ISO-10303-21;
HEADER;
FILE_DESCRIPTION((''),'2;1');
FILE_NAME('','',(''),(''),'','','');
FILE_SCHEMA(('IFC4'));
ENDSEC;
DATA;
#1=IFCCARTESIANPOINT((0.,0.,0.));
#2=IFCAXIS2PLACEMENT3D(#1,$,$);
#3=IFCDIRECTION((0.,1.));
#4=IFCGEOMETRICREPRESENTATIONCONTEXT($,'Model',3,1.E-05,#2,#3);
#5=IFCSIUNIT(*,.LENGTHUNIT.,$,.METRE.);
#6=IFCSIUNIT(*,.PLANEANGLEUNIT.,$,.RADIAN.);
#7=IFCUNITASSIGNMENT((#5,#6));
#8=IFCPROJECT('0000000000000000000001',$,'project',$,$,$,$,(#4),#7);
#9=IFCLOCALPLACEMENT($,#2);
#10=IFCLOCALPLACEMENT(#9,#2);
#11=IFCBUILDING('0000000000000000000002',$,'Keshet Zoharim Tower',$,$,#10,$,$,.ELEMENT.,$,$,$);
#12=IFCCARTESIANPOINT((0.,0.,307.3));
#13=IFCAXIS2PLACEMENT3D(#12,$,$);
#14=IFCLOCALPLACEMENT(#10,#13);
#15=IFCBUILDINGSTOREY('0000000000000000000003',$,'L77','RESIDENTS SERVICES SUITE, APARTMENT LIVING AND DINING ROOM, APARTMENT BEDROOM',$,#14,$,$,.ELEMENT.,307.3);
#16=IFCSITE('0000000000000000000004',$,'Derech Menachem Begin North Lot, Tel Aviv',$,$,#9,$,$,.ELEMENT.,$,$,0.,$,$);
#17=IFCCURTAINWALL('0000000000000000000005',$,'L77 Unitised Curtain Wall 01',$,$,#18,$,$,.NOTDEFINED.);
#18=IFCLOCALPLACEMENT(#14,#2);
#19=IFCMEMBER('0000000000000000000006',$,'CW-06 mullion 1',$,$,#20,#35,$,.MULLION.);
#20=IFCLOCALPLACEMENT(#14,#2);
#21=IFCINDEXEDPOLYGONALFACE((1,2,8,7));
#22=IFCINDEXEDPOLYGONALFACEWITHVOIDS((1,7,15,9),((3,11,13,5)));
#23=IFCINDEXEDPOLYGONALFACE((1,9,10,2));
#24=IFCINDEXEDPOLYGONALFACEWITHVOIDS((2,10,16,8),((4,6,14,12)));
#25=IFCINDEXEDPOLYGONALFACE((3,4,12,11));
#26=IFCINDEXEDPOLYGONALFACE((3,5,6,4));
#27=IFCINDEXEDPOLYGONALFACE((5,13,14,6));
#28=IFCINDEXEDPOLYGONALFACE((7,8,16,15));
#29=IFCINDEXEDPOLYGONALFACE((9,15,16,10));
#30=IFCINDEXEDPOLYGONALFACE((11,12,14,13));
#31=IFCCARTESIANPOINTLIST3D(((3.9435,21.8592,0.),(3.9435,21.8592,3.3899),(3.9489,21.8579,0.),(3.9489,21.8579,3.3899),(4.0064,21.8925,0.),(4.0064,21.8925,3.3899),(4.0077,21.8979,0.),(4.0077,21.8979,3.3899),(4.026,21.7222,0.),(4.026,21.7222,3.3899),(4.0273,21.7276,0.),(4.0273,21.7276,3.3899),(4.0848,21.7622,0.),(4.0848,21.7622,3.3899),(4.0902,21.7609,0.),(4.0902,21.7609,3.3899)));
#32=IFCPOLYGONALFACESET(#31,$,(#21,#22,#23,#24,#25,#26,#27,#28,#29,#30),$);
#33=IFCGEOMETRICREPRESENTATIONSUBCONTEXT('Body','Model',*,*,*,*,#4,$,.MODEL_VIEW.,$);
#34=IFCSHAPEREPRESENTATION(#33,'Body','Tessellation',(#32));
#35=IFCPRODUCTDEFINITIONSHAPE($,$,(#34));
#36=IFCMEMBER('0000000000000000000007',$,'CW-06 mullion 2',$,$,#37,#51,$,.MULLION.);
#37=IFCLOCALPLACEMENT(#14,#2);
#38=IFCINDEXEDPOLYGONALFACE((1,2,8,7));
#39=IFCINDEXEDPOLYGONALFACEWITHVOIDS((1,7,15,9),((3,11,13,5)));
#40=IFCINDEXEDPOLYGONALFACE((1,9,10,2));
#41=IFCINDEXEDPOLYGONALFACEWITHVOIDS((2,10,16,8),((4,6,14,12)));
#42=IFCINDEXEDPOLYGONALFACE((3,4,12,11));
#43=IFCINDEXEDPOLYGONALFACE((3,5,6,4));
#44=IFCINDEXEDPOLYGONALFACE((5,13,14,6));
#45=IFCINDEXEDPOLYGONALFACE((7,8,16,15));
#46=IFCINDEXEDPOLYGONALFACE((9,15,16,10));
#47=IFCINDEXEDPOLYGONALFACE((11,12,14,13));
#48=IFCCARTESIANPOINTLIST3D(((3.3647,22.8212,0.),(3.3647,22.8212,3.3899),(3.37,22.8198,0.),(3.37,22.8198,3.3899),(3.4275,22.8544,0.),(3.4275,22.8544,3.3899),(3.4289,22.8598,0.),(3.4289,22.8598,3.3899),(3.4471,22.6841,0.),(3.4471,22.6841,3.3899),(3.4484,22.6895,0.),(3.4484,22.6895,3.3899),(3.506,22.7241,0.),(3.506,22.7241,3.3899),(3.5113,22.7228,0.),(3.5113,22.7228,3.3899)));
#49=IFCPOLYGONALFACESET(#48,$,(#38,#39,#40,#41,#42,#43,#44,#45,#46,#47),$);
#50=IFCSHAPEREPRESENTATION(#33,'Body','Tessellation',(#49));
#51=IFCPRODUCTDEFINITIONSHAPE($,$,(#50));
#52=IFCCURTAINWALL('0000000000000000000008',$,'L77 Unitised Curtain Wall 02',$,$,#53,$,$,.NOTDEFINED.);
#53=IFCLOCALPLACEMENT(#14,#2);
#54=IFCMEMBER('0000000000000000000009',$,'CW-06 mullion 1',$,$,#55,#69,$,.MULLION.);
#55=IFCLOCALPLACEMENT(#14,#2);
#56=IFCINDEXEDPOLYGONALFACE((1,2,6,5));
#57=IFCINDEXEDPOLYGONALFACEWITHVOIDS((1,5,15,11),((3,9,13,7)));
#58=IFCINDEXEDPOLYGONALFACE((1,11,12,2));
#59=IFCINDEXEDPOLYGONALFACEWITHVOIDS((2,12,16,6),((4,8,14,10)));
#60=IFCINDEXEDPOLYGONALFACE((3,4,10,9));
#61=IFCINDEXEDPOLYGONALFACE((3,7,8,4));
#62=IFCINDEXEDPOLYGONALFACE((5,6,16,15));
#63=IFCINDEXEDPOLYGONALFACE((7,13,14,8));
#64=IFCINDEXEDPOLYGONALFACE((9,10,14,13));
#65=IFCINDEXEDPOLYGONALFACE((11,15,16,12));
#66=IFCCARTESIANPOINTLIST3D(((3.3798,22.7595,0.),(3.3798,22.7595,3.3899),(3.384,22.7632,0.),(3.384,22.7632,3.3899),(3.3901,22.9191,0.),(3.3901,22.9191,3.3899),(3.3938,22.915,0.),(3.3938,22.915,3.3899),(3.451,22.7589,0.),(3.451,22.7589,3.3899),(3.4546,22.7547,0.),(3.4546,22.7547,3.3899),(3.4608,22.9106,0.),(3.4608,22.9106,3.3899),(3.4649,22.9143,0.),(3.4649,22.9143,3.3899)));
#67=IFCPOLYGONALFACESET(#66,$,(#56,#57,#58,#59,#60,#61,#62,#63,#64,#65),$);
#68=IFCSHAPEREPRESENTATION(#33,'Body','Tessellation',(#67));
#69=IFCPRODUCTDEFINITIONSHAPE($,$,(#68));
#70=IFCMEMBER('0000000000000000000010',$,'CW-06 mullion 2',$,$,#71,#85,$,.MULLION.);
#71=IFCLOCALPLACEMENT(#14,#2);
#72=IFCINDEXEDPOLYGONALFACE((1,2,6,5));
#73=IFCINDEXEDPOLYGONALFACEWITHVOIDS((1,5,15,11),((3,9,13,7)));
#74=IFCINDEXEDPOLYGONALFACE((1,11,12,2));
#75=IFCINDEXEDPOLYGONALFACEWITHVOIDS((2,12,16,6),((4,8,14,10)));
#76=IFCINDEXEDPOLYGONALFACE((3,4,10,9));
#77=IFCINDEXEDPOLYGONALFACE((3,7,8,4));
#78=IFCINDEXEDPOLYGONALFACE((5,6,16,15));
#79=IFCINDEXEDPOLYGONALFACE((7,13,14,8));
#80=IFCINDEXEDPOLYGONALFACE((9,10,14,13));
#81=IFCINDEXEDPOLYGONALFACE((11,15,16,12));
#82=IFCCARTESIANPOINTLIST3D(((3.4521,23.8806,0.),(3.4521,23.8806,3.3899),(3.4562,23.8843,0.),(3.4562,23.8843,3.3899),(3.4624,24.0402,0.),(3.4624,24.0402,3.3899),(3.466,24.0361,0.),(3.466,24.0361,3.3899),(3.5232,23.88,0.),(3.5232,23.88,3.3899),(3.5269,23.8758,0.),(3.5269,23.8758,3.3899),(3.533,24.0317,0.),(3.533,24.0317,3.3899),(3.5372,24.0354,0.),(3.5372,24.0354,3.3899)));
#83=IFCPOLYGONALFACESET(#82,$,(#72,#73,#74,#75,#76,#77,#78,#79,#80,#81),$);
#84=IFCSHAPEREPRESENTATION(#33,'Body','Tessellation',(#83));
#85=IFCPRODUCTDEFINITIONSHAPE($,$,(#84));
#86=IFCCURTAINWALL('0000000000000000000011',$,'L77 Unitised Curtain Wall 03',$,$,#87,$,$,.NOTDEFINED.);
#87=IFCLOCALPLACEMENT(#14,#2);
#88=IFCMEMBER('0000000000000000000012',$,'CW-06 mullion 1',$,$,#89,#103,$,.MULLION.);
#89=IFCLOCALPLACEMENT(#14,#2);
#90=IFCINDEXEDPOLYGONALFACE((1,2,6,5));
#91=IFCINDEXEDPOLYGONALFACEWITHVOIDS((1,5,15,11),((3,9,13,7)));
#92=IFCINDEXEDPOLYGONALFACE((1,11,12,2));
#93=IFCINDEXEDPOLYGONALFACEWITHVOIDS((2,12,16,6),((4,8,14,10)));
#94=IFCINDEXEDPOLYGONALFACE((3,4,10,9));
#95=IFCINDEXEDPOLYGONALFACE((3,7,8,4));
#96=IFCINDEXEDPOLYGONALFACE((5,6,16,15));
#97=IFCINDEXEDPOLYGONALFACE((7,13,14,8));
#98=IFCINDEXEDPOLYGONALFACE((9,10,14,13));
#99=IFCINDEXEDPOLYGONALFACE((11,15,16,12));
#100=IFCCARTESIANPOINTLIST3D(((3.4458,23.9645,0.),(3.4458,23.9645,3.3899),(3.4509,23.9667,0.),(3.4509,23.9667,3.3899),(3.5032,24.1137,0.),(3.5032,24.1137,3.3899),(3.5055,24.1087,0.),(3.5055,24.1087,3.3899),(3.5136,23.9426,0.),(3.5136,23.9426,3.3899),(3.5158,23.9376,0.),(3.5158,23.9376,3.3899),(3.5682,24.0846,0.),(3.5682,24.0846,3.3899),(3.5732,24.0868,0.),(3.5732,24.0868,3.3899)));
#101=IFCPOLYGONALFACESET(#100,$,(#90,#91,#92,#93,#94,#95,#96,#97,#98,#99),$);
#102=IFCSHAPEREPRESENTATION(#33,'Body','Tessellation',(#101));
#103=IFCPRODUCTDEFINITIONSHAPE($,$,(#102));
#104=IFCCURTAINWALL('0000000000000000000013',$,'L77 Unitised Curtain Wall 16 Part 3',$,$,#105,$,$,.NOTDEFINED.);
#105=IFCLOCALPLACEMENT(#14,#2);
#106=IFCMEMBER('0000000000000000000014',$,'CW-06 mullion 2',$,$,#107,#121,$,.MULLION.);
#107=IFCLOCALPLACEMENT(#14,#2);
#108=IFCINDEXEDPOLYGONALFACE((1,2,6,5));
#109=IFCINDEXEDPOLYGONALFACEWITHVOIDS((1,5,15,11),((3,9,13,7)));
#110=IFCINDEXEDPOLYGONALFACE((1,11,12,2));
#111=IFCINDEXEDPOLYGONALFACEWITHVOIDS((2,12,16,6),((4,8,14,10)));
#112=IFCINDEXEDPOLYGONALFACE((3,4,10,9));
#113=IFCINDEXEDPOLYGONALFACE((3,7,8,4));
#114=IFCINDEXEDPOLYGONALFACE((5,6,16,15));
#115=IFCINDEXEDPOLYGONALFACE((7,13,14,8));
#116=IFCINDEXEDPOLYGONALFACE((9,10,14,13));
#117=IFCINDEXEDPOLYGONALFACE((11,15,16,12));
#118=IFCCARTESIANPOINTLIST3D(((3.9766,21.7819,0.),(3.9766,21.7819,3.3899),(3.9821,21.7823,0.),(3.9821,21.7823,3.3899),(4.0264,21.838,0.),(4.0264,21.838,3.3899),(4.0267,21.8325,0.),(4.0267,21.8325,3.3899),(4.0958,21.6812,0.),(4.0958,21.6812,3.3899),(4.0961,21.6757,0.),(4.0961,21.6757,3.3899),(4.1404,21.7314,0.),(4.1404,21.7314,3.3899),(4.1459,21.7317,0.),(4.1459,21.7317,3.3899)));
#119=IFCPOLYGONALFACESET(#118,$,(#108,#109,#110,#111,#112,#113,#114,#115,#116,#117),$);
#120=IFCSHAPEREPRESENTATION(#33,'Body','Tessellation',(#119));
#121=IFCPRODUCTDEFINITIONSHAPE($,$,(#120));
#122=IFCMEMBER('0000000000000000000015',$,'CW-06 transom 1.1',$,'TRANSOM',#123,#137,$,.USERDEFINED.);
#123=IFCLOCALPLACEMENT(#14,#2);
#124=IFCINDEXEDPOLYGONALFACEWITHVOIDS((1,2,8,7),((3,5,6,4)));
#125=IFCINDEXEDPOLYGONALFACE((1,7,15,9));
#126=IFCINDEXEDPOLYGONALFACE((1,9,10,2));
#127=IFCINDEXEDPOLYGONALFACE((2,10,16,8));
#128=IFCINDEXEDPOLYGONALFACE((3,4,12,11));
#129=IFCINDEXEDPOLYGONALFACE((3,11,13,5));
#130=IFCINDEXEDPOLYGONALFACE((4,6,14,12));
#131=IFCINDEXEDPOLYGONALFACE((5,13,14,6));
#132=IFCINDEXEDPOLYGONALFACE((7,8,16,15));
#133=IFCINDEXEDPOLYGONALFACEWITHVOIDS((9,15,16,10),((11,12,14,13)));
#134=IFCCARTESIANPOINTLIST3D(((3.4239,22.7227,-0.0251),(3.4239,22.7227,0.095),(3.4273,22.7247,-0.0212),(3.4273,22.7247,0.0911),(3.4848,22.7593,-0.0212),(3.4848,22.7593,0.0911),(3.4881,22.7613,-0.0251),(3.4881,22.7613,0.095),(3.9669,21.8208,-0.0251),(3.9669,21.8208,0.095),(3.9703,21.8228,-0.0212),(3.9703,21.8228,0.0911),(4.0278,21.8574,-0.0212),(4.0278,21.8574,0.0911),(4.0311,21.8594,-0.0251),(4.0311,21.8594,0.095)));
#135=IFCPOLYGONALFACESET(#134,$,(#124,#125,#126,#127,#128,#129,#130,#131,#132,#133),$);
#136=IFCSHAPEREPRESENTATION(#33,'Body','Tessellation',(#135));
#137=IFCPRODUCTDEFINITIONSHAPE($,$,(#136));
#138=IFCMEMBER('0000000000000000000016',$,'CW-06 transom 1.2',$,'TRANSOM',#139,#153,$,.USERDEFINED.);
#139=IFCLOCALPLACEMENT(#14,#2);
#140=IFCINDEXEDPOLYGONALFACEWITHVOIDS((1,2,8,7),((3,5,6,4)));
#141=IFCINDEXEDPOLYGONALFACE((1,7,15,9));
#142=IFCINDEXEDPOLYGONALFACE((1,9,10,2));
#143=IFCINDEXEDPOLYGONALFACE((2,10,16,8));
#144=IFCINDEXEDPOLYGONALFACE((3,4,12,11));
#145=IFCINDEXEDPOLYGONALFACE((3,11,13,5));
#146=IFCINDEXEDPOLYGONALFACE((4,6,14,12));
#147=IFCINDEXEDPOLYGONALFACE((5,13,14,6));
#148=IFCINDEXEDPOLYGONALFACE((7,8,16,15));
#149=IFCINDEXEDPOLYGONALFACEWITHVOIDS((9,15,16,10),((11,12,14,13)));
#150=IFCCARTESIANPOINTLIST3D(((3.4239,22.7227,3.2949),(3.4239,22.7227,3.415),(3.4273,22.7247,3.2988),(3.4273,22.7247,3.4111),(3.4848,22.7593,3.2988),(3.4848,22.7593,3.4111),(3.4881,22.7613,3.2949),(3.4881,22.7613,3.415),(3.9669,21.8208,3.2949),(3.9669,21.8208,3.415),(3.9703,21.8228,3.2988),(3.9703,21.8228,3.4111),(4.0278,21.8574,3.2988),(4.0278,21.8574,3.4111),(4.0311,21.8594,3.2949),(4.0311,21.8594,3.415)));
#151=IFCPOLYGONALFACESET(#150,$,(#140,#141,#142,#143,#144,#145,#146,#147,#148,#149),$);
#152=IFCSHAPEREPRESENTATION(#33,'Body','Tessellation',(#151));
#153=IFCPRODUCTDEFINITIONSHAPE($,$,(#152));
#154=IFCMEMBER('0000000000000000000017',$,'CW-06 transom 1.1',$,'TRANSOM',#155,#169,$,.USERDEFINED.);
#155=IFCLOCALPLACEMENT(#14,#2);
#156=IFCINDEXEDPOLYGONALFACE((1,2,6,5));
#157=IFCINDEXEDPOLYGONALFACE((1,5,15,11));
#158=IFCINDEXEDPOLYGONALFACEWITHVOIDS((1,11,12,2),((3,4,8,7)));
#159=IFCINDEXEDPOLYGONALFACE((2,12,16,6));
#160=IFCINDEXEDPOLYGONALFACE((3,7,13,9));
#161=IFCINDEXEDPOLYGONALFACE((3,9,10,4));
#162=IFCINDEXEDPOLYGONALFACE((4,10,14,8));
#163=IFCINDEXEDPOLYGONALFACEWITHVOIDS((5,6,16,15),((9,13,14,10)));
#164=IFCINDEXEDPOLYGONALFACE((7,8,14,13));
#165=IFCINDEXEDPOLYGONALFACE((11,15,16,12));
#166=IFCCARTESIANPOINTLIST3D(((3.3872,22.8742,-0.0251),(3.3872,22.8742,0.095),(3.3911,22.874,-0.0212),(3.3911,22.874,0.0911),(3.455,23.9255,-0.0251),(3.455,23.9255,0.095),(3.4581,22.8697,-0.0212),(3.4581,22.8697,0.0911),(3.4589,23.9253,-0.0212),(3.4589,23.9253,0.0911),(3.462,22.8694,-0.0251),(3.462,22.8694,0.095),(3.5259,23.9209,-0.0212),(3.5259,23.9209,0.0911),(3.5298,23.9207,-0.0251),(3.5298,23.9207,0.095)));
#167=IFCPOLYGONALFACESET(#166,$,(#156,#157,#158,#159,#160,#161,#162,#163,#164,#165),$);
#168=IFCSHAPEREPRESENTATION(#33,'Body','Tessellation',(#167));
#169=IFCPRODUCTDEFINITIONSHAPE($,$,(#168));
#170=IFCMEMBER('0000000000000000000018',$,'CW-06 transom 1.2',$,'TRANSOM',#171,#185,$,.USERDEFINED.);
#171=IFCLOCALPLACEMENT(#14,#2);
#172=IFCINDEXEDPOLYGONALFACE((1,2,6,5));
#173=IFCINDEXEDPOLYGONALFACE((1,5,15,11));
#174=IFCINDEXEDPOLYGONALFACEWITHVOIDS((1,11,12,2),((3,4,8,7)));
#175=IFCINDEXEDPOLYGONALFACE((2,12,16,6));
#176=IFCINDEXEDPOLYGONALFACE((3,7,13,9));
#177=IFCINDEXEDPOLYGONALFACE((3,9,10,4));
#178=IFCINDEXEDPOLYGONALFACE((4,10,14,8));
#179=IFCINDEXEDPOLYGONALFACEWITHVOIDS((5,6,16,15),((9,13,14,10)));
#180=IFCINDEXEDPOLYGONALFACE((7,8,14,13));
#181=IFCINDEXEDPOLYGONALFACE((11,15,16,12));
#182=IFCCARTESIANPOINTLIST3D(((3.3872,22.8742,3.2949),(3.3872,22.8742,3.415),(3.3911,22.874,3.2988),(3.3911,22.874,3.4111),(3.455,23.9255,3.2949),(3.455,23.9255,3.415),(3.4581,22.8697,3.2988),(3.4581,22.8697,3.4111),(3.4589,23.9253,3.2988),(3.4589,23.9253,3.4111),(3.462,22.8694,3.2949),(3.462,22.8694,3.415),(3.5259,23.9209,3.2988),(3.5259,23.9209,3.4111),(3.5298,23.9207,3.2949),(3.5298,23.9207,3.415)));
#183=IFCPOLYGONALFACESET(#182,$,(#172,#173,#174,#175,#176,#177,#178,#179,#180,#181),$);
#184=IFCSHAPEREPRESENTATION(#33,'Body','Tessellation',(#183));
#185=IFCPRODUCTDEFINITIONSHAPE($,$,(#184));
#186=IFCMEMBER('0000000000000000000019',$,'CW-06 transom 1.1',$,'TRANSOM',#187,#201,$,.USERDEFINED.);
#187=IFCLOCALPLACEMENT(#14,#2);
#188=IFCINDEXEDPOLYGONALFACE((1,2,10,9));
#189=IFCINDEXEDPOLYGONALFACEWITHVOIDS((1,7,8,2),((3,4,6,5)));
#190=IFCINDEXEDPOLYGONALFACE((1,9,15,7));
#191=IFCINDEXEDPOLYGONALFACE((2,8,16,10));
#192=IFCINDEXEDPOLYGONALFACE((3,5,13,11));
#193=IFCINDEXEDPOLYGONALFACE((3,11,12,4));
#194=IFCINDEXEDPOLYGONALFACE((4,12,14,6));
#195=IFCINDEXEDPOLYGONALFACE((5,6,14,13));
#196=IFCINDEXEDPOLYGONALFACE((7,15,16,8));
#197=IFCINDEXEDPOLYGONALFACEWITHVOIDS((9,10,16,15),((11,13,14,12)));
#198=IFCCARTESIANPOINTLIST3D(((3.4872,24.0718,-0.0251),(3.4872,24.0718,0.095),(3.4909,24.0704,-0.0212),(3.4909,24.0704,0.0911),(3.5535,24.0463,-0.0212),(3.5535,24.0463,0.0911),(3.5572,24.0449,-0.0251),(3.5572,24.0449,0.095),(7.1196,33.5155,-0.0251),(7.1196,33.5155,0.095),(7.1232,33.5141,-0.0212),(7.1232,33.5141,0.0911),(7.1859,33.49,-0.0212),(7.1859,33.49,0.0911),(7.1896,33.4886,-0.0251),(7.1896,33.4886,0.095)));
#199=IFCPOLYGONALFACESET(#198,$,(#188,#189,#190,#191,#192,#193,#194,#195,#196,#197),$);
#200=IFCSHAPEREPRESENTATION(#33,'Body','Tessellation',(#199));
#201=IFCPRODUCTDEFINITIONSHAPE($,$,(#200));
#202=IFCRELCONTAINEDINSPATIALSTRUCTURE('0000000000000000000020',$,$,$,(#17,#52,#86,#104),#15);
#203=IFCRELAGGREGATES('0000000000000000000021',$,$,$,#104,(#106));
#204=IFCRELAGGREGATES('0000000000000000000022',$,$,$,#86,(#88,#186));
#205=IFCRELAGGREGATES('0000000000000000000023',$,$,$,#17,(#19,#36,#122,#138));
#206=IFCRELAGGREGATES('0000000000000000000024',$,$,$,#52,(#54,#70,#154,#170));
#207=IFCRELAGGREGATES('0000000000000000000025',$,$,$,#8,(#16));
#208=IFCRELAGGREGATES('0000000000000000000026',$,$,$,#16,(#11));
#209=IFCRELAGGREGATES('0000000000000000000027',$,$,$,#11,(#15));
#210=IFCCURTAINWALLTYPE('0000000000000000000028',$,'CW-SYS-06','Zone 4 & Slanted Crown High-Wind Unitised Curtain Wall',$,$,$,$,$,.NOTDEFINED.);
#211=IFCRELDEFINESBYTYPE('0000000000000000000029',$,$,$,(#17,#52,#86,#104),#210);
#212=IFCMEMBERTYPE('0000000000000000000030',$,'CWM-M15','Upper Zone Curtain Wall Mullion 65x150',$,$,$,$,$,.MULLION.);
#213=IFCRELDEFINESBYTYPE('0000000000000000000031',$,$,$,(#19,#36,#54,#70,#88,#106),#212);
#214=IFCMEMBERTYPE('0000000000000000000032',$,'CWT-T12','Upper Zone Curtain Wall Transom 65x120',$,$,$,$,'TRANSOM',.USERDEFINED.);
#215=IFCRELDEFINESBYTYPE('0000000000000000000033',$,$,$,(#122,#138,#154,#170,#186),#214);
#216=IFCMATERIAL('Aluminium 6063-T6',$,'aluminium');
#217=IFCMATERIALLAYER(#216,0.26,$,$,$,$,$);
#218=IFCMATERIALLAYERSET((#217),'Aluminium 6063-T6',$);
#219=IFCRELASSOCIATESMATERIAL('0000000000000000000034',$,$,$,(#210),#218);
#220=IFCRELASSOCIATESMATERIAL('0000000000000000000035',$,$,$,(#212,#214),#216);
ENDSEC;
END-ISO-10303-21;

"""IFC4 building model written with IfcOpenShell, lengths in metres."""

from ifc_helpers import new_model, si_unit, direction, frame, origin, origin_2d, place, context, subcontext, project, spatial, hollow_rectangle, extrude, material, layer, layer_set, material_profile, profile_set, type_object, element, aggregate, save


model = new_model("IFC4")

# Units and contexts
model_context = context("Model", 3, precision=1e-05, world=origin(), true_north=direction((0.0, 1.0)))
body_context = subcontext(model_context, "Body", "Model", "MODEL_VIEW")
ifc_project = project(units=[si_unit("LENGTHUNIT", "METRE"), si_unit("PLANEANGLEUNIT", "RADIAN")], contexts=[model_context])

# Site, building, storey
site_placement = place(None, origin())
site = spatial("IfcSite", under=ifc_project, at=site_placement, Name="Derech Menachem Begin North Lot, Tel Aviv", CompositionType="ELEMENT", RefElevation=0.0)
building_placement = place(site_placement, origin())
building = spatial("IfcBuilding", under=site, at=building_placement, Name="Keshet Zoharim Tower", CompositionType="ELEMENT")
storey_placement = place(building_placement, frame((0.0, 0.0, 307.3)))
storey = spatial("IfcBuildingStorey", under=building, at=storey_placement, Name="L77", Description="RESIDENTS SERVICES SUITE, APARTMENT LIVING AND DINING ROOM, APARTMENT BEDROOM", CompositionType="ELEMENT", Elevation=307.3)

# Curtain walls, members
ifc_material_1 = material(Name="Aluminium 6063-T6", Category="aluminium")
ifc_layer_1 = layer(ifc_material_1, 0.26)
ifc_layer_set_1 = layer_set([ifc_layer_1], Name="Aluminium 6063-T6")
curtain_wall_type = type_object("IfcCurtainWallType", Name="CW-SYS-06", Description="Zone 4 & Slanted Crown High-Wind Unitised Curtain Wall", PredefinedType="NOTDEFINED", material=ifc_layer_set_1)
curtain_wall_1_placement = place(storey_placement, origin())
curtain_wall_1 = element("IfcCurtainWall", 1, at=curtain_wall_1_placement, inside=storey, type_object=curtain_wall_type, Name="L77 Unitised Curtain Wall 01", PredefinedType="NOTDEFINED")
ifc_material_profile_1 = material_profile(ifc_material_1, hollow_rectangle(XDim=0.075, YDim=0.1599, WallThickness=0.0039, at=origin_2d()), Name="MUL-75x160")
ifc_profile_set_1 = profile_set([ifc_material_profile_1], Name="Aluminium 6063-T6")
member_type_1 = type_object("IfcMemberType", Name="CWM-M15", Description="Upper Zone Curtain Wall Mullion 65x150", PredefinedType="MULLION", material=ifc_profile_set_1)
member_1_placement = place(storey_placement, frame((4.0168, 21.8101, 0.0), z_axis=(0.0, 0.0, 1.0), x_axis=(-0.856826, -0.515605, 0.0)))
member_1 = element("IfcMember", 2, at=member_1_placement, type_object=member_type_1, Name="CW-06 mullion 1", PredefinedType="MULLION", context=body_context, shape_type="SweptSolid", body=[
    extrude(hollow_rectangle(XDim=0.075, YDim=0.1599, WallThickness=0.0039, at=origin_2d()), origin(), (0.0, 0.0, 1.0), 3.3899),
])
member_2_placement = place(storey_placement, frame((3.438, 22.772, 0.0), z_axis=(0.0, 0.0, 1.0), x_axis=(-0.856826, -0.515605, 0.0)))
member_2 = element("IfcMember", 3, at=member_2_placement, type_object=member_type_1, Name="CW-06 mullion 2", PredefinedType="MULLION", context=body_context, shape_type="SweptSolid", body=[
    extrude(hollow_rectangle(XDim=0.075, YDim=0.1599, WallThickness=0.0039, at=origin_2d()), origin(), (0.0, 0.0, 1.0), 3.3899),
])
curtain_wall_2_placement = place(storey_placement, origin())
curtain_wall_2 = element("IfcCurtainWall", 4, at=curtain_wall_2_placement, inside=storey, type_object=curtain_wall_type, Name="L77 Unitised Curtain Wall 02", PredefinedType="NOTDEFINED")
member_3_placement = place(storey_placement, frame((3.4224, 22.8369, 0.0), z_axis=(0.0, 0.0, 1.0), x_axis=(-0.997917, 0.064517, 0.0)))
member_3 = element("IfcMember", 5, at=member_3_placement, type_object=member_type_1, Name="CW-06 mullion 1", PredefinedType="MULLION", context=body_context, shape_type="SweptSolid", body=[
    extrude(hollow_rectangle(XDim=0.075, YDim=0.1599, WallThickness=0.0039, at=origin_2d()), origin(), (0.0, 0.0, 1.0), 3.3899),
])
member_4_placement = place(storey_placement, frame((3.4946, 23.958, 0.0), z_axis=(0.0, 0.0, 1.0), x_axis=(-0.997917, 0.064517, 0.0)))
member_4 = element("IfcMember", 6, at=member_4_placement, type_object=member_type_1, Name="CW-06 mullion 2", PredefinedType="MULLION", context=body_context, shape_type="SweptSolid", body=[
    extrude(hollow_rectangle(XDim=0.075, YDim=0.1599, WallThickness=0.0039, at=origin_2d()), origin(), (0.0, 0.0, 1.0), 3.3899),
])

# Curtain walls, members
curtain_wall_3_placement = place(storey_placement, origin())
curtain_wall_3 = element("IfcCurtainWall", 7, at=curtain_wall_3_placement, inside=storey, type_object=curtain_wall_type, Name="L77 Unitised Curtain Wall 03", PredefinedType="NOTDEFINED")
member_5_placement = place(storey_placement, frame((3.5095, 24.0256, 0.0), z_axis=(0.0, 0.0, 1.0), x_axis=(-0.933341, 0.35899, 0.0)))
member_5 = element("IfcMember", 8, at=member_5_placement, type_object=member_type_1, Name="CW-06 mullion 1", PredefinedType="MULLION", context=body_context, shape_type="SweptSolid", body=[
    extrude(hollow_rectangle(XDim=0.075, YDim=0.1599, WallThickness=0.0039, at=origin_2d()), origin(), (0.0, 0.0, 1.0), 3.3899),
])
curtain_wall_4_placement = place(storey_placement, origin())
curtain_wall_4 = element("IfcCurtainWall", 9, at=curtain_wall_4_placement, inside=storey, type_object=curtain_wall_type, Name="L77 Unitised Curtain Wall 16 Part 3", PredefinedType="NOTDEFINED")
member_6_placement = place(storey_placement, frame((4.0613, 21.7568, 0.0), z_axis=(0.0, 0.0, 1.0), x_axis=(-0.664364, -0.747409, 0.0)))
member_6 = element("IfcMember", 10, at=member_6_placement, type_object=member_type_1, Name="CW-06 mullion 2", PredefinedType="MULLION", context=body_context, shape_type="SweptSolid", body=[
    extrude(hollow_rectangle(XDim=0.075, YDim=0.1599, WallThickness=0.0039, at=origin_2d()), origin(), (0.0, 0.0, 1.0), 3.3899),
])
aggregate(curtain_wall_4, [member_6])

# Members
ifc_material_profile_2 = material_profile(ifc_material_1, hollow_rectangle(XDim=0.075, YDim=0.1201, WallThickness=0.0039, at=origin_2d()), Name="TRN-75x120")
ifc_profile_set_2 = profile_set([ifc_material_profile_2], Name="Aluminium 6063-T6")
member_type_2 = type_object("IfcMemberType", Name="CWT-T12", Description="Upper Zone Curtain Wall Transom 65x120", ElementType="TRANSOM", PredefinedType="USERDEFINED", material=ifc_profile_set_2)
member_7_placement = place(storey_placement, frame((3.999, 21.8401, 0.0349), z_axis=(-0.515791, 0.856714, 0.0), x_axis=(-0.856714, -0.515791, 0.0)))
member_7 = element("IfcMember", 11, at=member_7_placement, type_object=member_type_2, Name="CW-06 transom 1.1", ObjectType="TRANSOM", PredefinedType="USERDEFINED", context=body_context, shape_type="SweptSolid", body=[
    extrude(hollow_rectangle(XDim=0.075, YDim=0.1201, WallThickness=0.0039, at=origin_2d()), origin(), (0.0, 0.0, 1.0), 1.0527),
])
member_8_placement = place(storey_placement, frame((3.999, 21.8401, 3.355), z_axis=(-0.515791, 0.856714, 0.0), x_axis=(-0.856714, -0.515791, 0.0)))
member_8 = element("IfcMember", 12, at=member_8_placement, type_object=member_type_2, Name="CW-06 transom 1.2", ObjectType="TRANSOM", PredefinedType="USERDEFINED", context=body_context, shape_type="SweptSolid", body=[
    extrude(hollow_rectangle(XDim=0.075, YDim=0.1201, WallThickness=0.0039, at=origin_2d()), origin(), (0.0, 0.0, 1.0), 1.0527),
])
member_9_placement = place(storey_placement, frame((3.4246, 22.8718, 0.0349), z_axis=(0.064427, 0.997922, 0.0), x_axis=(-0.997922, 0.064427, 0.0)))
member_9 = element("IfcMember", 13, at=member_9_placement, type_object=member_type_2, Name="CW-06 transom 1.1", ObjectType="TRANSOM", PredefinedType="USERDEFINED", context=body_context, shape_type="SweptSolid", body=[
    extrude(hollow_rectangle(XDim=0.075, YDim=0.1201, WallThickness=0.0039, at=origin_2d()), origin(), (0.0, 0.0, 1.0), 1.0535),
])
member_10_placement = place(storey_placement, frame((3.4246, 22.8718, 3.355), z_axis=(0.064427, 0.997922, 0.0), x_axis=(-0.997922, 0.064427, 0.0)))
member_10 = element("IfcMember", 14, at=member_10_placement, type_object=member_type_2, Name="CW-06 transom 1.2", ObjectType="TRANSOM", PredefinedType="USERDEFINED", context=body_context, shape_type="SweptSolid", body=[
    extrude(hollow_rectangle(XDim=0.075, YDim=0.1201, WallThickness=0.0039, at=origin_2d()), origin(), (0.0, 0.0, 1.0), 1.0535),
])
member_11_placement = place(storey_placement, frame((3.5222, 24.0583, 0.0349), z_axis=(0.358994, 0.93334, 0.0), x_axis=(-0.93334, 0.358994, 0.0)))
member_11 = element("IfcMember", 15, at=member_11_placement, type_object=member_type_2, Name="CW-06 transom 1.1", ObjectType="TRANSOM", PredefinedType="USERDEFINED", context=body_context, shape_type="SweptSolid", body=[
    extrude(hollow_rectangle(XDim=0.075, YDim=0.1201, WallThickness=0.0039, at=origin_2d()), origin(), (0.0, 0.0, 1.0), 10.1182),
])
aggregate(curtain_wall_3, [member_5, member_11])

aggregate(curtain_wall_1, [member_1, member_2, member_7, member_8])
aggregate(curtain_wall_2, [member_3, member_4, member_9, member_10])

save(model, "model.ifc")
